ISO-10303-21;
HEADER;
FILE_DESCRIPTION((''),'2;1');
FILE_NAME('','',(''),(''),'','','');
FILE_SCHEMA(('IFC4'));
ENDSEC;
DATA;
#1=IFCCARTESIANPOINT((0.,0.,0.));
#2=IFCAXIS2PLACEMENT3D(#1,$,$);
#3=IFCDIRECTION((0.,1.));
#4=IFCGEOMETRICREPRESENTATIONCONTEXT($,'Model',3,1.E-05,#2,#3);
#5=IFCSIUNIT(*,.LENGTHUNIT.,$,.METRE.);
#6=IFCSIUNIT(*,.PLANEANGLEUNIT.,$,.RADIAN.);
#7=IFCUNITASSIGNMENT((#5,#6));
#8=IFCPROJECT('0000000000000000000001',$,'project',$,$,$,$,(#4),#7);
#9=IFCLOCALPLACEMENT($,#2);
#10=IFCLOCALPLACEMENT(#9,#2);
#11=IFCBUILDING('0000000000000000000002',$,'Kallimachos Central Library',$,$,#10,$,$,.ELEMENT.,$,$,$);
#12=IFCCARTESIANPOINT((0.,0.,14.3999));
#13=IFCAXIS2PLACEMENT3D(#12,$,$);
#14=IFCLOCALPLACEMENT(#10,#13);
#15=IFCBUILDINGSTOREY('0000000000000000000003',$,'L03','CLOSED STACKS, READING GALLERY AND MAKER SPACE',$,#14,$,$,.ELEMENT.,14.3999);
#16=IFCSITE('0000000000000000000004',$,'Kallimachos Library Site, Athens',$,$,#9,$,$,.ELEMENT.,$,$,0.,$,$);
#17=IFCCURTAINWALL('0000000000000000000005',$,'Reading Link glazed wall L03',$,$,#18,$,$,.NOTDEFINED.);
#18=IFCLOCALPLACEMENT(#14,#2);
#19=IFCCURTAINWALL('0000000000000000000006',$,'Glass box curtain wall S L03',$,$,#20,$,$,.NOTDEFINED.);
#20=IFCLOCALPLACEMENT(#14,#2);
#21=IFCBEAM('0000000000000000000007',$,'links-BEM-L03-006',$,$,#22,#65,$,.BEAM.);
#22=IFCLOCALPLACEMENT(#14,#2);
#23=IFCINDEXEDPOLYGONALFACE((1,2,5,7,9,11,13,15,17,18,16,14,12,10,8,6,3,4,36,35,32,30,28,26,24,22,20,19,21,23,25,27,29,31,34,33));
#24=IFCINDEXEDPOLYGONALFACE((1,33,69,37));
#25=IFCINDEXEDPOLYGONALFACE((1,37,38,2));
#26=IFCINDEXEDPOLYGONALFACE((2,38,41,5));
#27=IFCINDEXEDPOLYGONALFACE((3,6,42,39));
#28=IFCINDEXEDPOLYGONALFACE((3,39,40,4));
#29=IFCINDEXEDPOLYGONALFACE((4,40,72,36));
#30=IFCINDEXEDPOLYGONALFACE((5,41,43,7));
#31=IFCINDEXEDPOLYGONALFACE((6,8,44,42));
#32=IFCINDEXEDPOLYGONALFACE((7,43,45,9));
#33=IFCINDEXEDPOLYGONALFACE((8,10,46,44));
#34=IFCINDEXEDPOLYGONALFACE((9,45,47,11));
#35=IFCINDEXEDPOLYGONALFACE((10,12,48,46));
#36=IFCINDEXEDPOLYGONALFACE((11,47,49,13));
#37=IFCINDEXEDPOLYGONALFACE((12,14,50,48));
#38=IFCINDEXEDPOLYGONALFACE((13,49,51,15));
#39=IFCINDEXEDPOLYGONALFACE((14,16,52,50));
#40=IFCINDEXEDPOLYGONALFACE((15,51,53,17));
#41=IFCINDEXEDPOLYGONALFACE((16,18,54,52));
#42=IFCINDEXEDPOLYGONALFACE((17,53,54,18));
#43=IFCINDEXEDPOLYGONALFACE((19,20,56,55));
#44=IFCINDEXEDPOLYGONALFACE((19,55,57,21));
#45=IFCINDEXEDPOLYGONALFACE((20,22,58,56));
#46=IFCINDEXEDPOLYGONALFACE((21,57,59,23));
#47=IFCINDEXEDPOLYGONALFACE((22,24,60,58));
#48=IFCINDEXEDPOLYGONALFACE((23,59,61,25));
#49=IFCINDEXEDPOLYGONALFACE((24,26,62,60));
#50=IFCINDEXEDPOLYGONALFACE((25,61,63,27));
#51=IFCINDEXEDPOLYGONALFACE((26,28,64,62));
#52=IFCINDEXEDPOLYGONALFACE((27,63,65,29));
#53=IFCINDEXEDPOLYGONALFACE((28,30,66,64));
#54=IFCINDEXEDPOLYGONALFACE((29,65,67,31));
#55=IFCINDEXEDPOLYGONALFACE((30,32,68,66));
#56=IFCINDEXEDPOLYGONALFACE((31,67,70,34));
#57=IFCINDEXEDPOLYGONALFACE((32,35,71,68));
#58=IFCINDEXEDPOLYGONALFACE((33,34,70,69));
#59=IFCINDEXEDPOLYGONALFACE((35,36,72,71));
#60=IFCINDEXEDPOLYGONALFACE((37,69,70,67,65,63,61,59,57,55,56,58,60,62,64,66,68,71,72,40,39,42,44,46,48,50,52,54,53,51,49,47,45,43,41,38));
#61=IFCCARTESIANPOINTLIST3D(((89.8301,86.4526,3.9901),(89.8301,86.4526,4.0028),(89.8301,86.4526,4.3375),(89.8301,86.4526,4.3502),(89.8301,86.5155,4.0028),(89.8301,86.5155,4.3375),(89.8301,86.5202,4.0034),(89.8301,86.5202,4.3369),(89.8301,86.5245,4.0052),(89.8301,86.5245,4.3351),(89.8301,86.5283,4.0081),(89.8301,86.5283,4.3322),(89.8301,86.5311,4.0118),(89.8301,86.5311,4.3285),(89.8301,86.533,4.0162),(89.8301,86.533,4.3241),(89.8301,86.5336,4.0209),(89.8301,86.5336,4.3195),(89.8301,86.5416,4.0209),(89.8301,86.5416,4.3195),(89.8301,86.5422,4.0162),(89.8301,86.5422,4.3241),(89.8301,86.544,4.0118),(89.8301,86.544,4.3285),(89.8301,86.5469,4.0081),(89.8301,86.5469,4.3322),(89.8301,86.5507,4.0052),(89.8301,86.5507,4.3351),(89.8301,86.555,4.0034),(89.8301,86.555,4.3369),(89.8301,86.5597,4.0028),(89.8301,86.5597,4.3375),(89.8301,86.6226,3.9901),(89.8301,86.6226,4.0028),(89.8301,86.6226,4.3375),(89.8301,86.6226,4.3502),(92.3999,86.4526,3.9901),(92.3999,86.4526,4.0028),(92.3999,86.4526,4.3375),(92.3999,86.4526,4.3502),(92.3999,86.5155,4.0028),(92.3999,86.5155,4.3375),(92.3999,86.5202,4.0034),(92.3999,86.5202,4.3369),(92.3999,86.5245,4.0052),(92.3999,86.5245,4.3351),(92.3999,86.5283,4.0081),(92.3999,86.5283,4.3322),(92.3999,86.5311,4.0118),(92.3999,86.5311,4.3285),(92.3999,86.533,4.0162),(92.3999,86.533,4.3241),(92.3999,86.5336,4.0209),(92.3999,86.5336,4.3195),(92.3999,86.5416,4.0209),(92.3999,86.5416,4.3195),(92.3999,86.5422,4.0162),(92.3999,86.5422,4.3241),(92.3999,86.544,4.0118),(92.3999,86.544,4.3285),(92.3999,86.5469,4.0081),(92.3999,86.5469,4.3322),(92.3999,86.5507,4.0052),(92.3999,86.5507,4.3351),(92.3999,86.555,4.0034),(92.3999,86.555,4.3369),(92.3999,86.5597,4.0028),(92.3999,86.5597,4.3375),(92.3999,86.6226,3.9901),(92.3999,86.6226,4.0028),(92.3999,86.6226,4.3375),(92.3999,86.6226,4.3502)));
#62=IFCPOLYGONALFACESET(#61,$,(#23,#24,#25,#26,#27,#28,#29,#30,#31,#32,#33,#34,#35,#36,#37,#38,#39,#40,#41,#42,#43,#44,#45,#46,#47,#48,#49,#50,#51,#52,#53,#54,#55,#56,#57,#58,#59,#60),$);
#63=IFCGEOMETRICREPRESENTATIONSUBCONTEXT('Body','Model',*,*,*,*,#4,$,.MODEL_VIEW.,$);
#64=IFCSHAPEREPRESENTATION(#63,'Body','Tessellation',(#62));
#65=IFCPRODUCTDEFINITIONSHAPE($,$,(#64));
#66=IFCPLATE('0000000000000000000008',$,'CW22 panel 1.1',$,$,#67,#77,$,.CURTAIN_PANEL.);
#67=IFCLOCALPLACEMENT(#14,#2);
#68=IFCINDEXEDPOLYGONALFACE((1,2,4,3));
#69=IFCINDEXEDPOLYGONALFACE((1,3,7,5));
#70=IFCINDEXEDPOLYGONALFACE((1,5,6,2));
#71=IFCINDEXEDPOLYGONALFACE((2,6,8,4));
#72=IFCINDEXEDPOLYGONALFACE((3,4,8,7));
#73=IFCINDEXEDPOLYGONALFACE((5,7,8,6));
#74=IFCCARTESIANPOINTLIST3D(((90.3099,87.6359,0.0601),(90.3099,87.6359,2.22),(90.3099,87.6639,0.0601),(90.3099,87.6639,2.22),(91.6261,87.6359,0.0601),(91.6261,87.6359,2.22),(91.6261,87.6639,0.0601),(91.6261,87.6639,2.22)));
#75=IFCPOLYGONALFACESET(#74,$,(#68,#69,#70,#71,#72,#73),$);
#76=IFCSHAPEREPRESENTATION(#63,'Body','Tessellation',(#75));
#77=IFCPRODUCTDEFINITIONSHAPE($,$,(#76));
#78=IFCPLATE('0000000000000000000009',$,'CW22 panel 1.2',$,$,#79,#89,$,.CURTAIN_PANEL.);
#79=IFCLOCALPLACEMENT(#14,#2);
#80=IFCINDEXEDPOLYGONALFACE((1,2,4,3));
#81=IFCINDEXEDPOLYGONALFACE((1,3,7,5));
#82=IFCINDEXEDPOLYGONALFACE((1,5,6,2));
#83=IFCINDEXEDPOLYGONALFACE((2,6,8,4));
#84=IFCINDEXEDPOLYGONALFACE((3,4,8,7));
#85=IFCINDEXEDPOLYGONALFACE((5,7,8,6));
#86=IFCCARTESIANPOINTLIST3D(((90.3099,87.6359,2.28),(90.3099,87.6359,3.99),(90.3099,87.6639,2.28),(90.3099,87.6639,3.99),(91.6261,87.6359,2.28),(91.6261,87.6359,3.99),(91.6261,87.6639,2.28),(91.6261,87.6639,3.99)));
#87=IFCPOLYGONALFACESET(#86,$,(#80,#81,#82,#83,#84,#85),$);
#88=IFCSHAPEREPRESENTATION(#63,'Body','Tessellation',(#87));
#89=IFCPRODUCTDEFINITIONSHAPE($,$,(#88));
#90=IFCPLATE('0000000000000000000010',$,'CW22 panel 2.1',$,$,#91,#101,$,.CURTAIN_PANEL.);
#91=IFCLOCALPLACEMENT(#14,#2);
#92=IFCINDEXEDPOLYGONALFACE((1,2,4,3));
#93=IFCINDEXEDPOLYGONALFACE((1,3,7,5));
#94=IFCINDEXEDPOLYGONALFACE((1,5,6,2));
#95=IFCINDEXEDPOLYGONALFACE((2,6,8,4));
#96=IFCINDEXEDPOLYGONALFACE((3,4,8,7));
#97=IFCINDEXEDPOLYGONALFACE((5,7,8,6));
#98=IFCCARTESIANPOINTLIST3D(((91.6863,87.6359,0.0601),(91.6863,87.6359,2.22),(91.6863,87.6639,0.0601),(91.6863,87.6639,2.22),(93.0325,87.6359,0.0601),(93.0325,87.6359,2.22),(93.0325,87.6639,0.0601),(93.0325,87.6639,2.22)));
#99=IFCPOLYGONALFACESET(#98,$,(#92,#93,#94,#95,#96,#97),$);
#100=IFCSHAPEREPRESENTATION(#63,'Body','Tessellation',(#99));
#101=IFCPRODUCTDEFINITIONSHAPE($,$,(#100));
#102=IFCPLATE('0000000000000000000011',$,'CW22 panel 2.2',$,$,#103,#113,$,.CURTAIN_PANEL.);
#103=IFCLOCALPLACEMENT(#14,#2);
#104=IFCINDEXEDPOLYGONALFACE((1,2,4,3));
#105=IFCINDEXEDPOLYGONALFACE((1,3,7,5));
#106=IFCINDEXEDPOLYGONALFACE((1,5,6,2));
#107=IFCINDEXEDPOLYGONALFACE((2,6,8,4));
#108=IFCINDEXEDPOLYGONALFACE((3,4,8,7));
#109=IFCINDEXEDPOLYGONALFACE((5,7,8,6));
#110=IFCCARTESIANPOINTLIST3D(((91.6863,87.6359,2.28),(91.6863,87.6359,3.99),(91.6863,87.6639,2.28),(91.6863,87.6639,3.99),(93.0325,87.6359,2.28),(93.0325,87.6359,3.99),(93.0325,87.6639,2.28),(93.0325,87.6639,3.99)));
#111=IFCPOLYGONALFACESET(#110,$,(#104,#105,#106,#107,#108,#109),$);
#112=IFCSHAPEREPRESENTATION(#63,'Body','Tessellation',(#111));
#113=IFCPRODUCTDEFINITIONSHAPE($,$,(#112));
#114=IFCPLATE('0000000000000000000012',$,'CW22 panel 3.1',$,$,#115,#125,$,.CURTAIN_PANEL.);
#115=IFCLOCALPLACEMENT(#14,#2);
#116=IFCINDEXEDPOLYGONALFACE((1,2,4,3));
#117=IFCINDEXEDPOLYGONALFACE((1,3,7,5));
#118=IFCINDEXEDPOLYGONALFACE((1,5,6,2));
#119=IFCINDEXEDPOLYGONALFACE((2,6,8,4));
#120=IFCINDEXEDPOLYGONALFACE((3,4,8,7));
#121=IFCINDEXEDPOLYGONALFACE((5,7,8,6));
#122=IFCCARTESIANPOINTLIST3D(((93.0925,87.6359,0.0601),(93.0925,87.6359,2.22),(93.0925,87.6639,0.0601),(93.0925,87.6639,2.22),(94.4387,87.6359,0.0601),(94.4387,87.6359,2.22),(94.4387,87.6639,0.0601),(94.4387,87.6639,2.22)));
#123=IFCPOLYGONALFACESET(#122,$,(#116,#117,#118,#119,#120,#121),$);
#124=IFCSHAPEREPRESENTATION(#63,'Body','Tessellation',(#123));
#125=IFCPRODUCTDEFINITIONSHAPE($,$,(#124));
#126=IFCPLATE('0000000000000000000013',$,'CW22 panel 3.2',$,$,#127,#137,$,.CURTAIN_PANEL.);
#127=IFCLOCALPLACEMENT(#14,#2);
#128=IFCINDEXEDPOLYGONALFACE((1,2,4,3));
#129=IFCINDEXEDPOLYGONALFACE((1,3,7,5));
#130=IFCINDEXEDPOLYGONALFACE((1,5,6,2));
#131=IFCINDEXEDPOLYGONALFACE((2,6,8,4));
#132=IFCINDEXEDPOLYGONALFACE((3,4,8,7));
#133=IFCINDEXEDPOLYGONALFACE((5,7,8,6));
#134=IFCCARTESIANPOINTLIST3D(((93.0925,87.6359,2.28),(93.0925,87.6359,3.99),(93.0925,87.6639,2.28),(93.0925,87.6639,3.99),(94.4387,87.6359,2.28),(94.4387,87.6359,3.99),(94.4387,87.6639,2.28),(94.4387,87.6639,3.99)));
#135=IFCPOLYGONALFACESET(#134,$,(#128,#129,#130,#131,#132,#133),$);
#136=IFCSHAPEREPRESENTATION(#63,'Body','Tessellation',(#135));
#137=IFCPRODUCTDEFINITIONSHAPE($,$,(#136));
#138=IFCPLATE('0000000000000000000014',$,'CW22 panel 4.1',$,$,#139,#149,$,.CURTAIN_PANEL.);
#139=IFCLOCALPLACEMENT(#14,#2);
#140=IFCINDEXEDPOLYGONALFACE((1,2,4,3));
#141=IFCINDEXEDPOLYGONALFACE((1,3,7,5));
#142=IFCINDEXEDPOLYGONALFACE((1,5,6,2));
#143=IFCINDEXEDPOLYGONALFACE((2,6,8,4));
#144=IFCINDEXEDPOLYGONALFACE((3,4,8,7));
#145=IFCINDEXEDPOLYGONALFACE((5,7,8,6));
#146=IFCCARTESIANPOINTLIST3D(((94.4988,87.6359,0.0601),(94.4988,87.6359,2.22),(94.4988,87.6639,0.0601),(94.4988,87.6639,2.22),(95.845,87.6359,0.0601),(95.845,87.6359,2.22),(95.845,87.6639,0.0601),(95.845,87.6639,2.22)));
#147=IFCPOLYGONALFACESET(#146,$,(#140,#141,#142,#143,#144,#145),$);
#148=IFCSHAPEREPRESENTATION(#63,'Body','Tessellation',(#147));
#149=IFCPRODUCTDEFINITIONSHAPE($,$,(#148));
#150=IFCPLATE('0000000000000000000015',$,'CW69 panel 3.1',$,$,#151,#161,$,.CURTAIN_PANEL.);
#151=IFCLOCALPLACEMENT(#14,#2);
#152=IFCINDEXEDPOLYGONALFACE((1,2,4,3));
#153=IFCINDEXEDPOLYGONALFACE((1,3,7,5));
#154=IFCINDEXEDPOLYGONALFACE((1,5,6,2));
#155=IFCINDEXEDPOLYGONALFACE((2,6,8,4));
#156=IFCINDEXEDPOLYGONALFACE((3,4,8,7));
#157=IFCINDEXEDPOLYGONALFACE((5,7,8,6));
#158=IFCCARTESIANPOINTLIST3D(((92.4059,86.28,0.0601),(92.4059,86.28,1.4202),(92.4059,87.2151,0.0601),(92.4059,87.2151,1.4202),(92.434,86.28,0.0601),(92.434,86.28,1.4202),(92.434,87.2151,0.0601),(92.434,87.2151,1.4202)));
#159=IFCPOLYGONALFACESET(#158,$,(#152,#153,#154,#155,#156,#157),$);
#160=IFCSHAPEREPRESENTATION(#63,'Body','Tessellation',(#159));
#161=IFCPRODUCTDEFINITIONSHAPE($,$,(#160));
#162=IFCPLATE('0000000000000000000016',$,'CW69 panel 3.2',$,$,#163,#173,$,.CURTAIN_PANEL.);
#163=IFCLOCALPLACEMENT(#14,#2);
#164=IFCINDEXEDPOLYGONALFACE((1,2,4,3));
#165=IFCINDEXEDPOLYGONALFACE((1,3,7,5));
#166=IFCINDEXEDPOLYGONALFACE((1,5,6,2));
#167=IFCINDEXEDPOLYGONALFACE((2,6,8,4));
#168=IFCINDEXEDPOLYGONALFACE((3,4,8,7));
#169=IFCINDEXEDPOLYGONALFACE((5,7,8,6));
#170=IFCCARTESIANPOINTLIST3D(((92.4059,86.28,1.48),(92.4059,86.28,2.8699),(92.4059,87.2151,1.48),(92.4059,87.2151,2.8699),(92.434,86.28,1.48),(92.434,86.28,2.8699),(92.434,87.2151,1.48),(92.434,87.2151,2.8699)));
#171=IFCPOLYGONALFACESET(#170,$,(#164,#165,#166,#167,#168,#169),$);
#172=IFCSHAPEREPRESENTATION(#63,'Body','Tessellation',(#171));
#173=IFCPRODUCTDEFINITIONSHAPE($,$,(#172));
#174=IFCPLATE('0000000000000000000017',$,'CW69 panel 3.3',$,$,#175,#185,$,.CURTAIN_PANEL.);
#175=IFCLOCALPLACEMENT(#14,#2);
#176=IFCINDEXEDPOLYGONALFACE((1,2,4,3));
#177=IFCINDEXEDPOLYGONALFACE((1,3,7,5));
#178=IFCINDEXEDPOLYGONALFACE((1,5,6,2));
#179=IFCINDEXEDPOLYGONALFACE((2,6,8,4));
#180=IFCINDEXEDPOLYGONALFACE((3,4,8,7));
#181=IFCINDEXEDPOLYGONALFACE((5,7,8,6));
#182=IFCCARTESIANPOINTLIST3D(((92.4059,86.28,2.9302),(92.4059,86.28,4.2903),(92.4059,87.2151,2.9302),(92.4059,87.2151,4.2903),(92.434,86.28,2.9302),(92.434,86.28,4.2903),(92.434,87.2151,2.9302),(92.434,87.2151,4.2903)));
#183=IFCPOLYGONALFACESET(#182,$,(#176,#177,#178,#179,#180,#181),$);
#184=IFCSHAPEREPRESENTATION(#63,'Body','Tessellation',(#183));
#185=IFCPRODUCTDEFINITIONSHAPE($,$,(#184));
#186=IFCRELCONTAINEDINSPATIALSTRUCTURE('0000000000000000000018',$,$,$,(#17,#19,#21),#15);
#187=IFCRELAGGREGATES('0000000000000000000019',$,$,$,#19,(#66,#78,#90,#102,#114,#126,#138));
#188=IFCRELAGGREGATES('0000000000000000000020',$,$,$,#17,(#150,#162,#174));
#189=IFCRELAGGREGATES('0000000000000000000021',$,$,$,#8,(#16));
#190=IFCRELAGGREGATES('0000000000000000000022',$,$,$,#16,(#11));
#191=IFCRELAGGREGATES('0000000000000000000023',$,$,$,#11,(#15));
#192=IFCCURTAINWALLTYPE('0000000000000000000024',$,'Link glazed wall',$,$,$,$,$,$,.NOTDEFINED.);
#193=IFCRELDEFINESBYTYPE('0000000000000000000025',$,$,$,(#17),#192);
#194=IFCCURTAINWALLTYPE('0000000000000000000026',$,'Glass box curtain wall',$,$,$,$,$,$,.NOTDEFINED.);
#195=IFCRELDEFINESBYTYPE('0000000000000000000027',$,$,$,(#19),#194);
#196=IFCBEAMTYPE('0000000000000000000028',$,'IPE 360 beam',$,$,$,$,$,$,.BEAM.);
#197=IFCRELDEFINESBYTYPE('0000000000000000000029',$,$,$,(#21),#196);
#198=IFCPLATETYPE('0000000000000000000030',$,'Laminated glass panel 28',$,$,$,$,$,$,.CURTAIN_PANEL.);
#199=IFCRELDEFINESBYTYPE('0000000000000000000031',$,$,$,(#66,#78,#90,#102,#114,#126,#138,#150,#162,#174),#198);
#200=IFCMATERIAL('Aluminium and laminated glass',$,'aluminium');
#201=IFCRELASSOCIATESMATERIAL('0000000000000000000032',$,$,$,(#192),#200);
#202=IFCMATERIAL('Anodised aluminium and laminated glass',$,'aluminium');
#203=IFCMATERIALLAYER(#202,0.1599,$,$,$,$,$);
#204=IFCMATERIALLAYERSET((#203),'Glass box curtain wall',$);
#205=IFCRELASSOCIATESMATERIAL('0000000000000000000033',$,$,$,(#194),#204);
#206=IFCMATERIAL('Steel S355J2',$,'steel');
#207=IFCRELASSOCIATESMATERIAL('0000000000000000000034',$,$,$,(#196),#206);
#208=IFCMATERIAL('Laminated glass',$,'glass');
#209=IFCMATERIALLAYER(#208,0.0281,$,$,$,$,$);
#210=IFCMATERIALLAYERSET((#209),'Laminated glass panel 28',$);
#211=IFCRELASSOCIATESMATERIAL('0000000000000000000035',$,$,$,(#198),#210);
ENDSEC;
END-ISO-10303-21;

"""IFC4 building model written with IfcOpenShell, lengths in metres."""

from ifc_helpers import new_model, si_unit, direction, frame, origin, origin_2d, place, context, subcontext, project, spatial, rectangle, i_section, extrude, material, layer, layer_set, material_profile, profile_set, type_object, element, aggregate, save


model = new_model("IFC4")

# Units and contexts
model_context = context("Model", 3, precision=1e-05, world=origin(), true_north=direction((0.0, 1.0)))
body_context = subcontext(model_context, "Body", "Model", "MODEL_VIEW")
ifc_project = project(units=[si_unit("LENGTHUNIT", "METRE"), si_unit("PLANEANGLEUNIT", "RADIAN")], contexts=[model_context])

# Site, building, storey
site_placement = place(None, origin())
site = spatial("IfcSite", under=ifc_project, at=site_placement, Name="Kallimachos Library Site, Athens", CompositionType="ELEMENT", RefElevation=0.0)
building_placement = place(site_placement, origin())
building = spatial("IfcBuilding", under=site, at=building_placement, Name="Kallimachos Central Library", CompositionType="ELEMENT")
storey_placement = place(building_placement, frame((0.0, 0.0, 14.3999)))
storey = spatial("IfcBuildingStorey", under=building, at=storey_placement, Name="L03", Description="CLOSED STACKS, READING GALLERY AND MAKER SPACE", CompositionType="ELEMENT", Elevation=14.3999)

# Curtain walls
ifc_material_1 = material(Name="Aluminium and laminated glass", Category="aluminium")
curtain_wall_type_1 = type_object("IfcCurtainWallType", Name="Link glazed wall", PredefinedType="NOTDEFINED", material=ifc_material_1)
curtain_wall_1_placement = place(storey_placement, origin())
curtain_wall_1 = element("IfcCurtainWall", 1, at=curtain_wall_1_placement, inside=storey, type_object=curtain_wall_type_1, Name="Reading Link glazed wall L03", PredefinedType="NOTDEFINED")
ifc_material_2 = material(Name="Anodised aluminium and laminated glass", Category="aluminium")
ifc_layer_1 = layer(ifc_material_2, 0.1599)
ifc_layer_set_1 = layer_set([ifc_layer_1], Name="Glass box curtain wall")
curtain_wall_type_2 = type_object("IfcCurtainWallType", Name="Glass box curtain wall", PredefinedType="NOTDEFINED", material=ifc_layer_set_1)
curtain_wall_2_placement = place(storey_placement, origin())
curtain_wall_2 = element("IfcCurtainWall", 2, at=curtain_wall_2_placement, inside=storey, type_object=curtain_wall_type_2, Name="Glass box curtain wall S L03", PredefinedType="NOTDEFINED")

# Beam
ifc_material_3 = material(Name="Steel S355J2", Category="steel")
ifc_material_profile_1 = material_profile(ifc_material_3, i_section(OverallWidth=0.1699, OverallDepth=0.3601, WebThickness=0.0081, FlangeThickness=0.0127, FilletRadius=0.0181, at=origin_2d()), Name="IPE 360")
ifc_profile_set_1 = profile_set([ifc_material_profile_1], Name="Steel S355J2")
beam_type_1 = type_object("IfcBeamType", Name="IPE 360 beam", PredefinedType="BEAM", material=ifc_profile_set_1)
beam_1_placement = place(storey_placement, frame((89.8301, 86.5376, 4.1702), z_axis=(1.0, 0.0, 0.0), x_axis=(0.0, 1.0, 0.0)))
element("IfcBeam", 3, at=beam_1_placement, inside=storey, type_object=beam_type_1, Name="links-BEM-L03-006", PredefinedType="BEAM", context=body_context, shape_type="SweptSolid", body=[
    extrude(i_section(OverallWidth=0.1699, OverallDepth=0.3601, WebThickness=0.0081, FlangeThickness=0.0127, FilletRadius=0.0181, at=origin_2d()), origin(), (0.0, 0.0, 1.0), 2.5698),
])

# Plates
ifc_material_4 = material(Name="Laminated glass", Category="glass")
ifc_layer_2 = layer(ifc_material_4, 0.0281)
ifc_layer_set_2 = layer_set([ifc_layer_2], Name="Laminated glass panel 28")
plate_type = type_object("IfcPlateType", Name="Laminated glass panel 28", PredefinedType="CURTAIN_PANEL", material=ifc_layer_set_2)
plate_1_placement = place(storey_placement, frame((90.968, 87.6499, 0.0601), z_axis=(0.0, 0.0, 1.0), x_axis=(1.0, 0.0, 0.0)))
plate_1 = element("IfcPlate", 4, at=plate_1_placement, type_object=plate_type, Name="CW22 panel 1.1", PredefinedType="CURTAIN_PANEL", context=body_context, shape_type="SweptSolid", body=[
    extrude(rectangle(XDim=1.3162, YDim=0.0281, at=origin_2d()), origin(), (0.0, 0.0, 1.0), 2.1599),
])
plate_2_placement = place(storey_placement, frame((90.968, 87.6499, 2.28), z_axis=(0.0, 0.0, 1.0), x_axis=(1.0, 0.0, 0.0)))
plate_2 = element("IfcPlate", 5, at=plate_2_placement, type_object=plate_type, Name="CW22 panel 1.2", PredefinedType="CURTAIN_PANEL", context=body_context, shape_type="SweptSolid", body=[
    extrude(rectangle(XDim=1.3162, YDim=0.0281, at=origin_2d()), origin(), (0.0, 0.0, 1.0), 1.71),
])
plate_3_placement = place(storey_placement, frame((92.3594, 87.6499, 0.0601), z_axis=(0.0, 0.0, 1.0), x_axis=(1.0, 0.0, 0.0)))
plate_3 = element("IfcPlate", 6, at=plate_3_placement, type_object=plate_type, Name="CW22 panel 2.1", PredefinedType="CURTAIN_PANEL", context=body_context, shape_type="SweptSolid", body=[
    extrude(rectangle(XDim=1.3462, YDim=0.0281, at=origin_2d()), origin(), (0.0, 0.0, 1.0), 2.1599),
])
plate_4_placement = place(storey_placement, frame((92.3594, 87.6499, 2.28), z_axis=(0.0, 0.0, 1.0), x_axis=(1.0, 0.0, 0.0)))
plate_4 = element("IfcPlate", 7, at=plate_4_placement, type_object=plate_type, Name="CW22 panel 2.2", PredefinedType="CURTAIN_PANEL", context=body_context, shape_type="SweptSolid", body=[
    extrude(rectangle(XDim=1.3462, YDim=0.0281, at=origin_2d()), origin(), (0.0, 0.0, 1.0), 1.71),
])
plate_5_placement = place(storey_placement, frame((93.7656, 87.6499, 0.0601), z_axis=(0.0, 0.0, 1.0), x_axis=(1.0, 0.0, 0.0)))
plate_5 = element("IfcPlate", 8, at=plate_5_placement, type_object=plate_type, Name="CW22 panel 3.1", PredefinedType="CURTAIN_PANEL", context=body_context, shape_type="SweptSolid", body=[
    extrude(rectangle(XDim=1.3462, YDim=0.0281, at=origin_2d()), origin(), (0.0, 0.0, 1.0), 2.1599),
])
plate_6_placement = place(storey_placement, frame((93.7656, 87.6499, 2.28), z_axis=(0.0, 0.0, 1.0), x_axis=(1.0, 0.0, 0.0)))
plate_6 = element("IfcPlate", 9, at=plate_6_placement, type_object=plate_type, Name="CW22 panel 3.2", PredefinedType="CURTAIN_PANEL", context=body_context, shape_type="SweptSolid", body=[
    extrude(rectangle(XDim=1.3462, YDim=0.0281, at=origin_2d()), origin(), (0.0, 0.0, 1.0), 1.71),
])
plate_7_placement = place(storey_placement, frame((95.1719, 87.6499, 0.0601), z_axis=(0.0, 0.0, 1.0), x_axis=(1.0, 0.0, 0.0)))
plate_7 = element("IfcPlate", 10, at=plate_7_placement, type_object=plate_type, Name="CW22 panel 4.1", PredefinedType="CURTAIN_PANEL", context=body_context, shape_type="SweptSolid", body=[
    extrude(rectangle(XDim=1.3462, YDim=0.0281, at=origin_2d()), origin(), (0.0, 0.0, 1.0), 2.1599),
])
aggregate(curtain_wall_2, [plate_1, plate_2, plate_3, plate_4, plate_5, plate_6, plate_7])
plate_8_placement = place(storey_placement, frame((92.4199, 86.7476, 0.0601), z_axis=(0.0, 0.0, 1.0), x_axis=(0.0, 1.0, 0.0)))
plate_8 = element("IfcPlate", 11, at=plate_8_placement, type_object=plate_type, Name="CW69 panel 3.1", PredefinedType="CURTAIN_PANEL", context=body_context, shape_type="SweptSolid", body=[
    extrude(rectangle(XDim=0.9351, YDim=0.0281, at=origin_2d()), origin(), (0.0, 0.0, 1.0), 1.3601),
])
plate_9_placement = place(storey_placement, frame((92.4199, 86.7476, 1.48), z_axis=(0.0, 0.0, 1.0), x_axis=(0.0, 1.0, 0.0)))
plate_9 = element("IfcPlate", 12, at=plate_9_placement, type_object=plate_type, Name="CW69 panel 3.2", PredefinedType="CURTAIN_PANEL", context=body_context, shape_type="SweptSolid", body=[
    extrude(rectangle(XDim=0.9351, YDim=0.0281, at=origin_2d()), origin(), (0.0, 0.0, 1.0), 1.3899),
])
plate_10_placement = place(storey_placement, frame((92.4199, 86.7476, 2.9302), z_axis=(0.0, 0.0, 1.0), x_axis=(0.0, 1.0, 0.0)))
plate_10 = element("IfcPlate", 13, at=plate_10_placement, type_object=plate_type, Name="CW69 panel 3.3", PredefinedType="CURTAIN_PANEL", context=body_context, shape_type="SweptSolid", body=[
    extrude(rectangle(XDim=0.9351, YDim=0.0281, at=origin_2d()), origin(), (0.0, 0.0, 1.0), 1.3601),
])
aggregate(curtain_wall_1, [plate_8, plate_9, plate_10])

save(model, "model.ifc")
